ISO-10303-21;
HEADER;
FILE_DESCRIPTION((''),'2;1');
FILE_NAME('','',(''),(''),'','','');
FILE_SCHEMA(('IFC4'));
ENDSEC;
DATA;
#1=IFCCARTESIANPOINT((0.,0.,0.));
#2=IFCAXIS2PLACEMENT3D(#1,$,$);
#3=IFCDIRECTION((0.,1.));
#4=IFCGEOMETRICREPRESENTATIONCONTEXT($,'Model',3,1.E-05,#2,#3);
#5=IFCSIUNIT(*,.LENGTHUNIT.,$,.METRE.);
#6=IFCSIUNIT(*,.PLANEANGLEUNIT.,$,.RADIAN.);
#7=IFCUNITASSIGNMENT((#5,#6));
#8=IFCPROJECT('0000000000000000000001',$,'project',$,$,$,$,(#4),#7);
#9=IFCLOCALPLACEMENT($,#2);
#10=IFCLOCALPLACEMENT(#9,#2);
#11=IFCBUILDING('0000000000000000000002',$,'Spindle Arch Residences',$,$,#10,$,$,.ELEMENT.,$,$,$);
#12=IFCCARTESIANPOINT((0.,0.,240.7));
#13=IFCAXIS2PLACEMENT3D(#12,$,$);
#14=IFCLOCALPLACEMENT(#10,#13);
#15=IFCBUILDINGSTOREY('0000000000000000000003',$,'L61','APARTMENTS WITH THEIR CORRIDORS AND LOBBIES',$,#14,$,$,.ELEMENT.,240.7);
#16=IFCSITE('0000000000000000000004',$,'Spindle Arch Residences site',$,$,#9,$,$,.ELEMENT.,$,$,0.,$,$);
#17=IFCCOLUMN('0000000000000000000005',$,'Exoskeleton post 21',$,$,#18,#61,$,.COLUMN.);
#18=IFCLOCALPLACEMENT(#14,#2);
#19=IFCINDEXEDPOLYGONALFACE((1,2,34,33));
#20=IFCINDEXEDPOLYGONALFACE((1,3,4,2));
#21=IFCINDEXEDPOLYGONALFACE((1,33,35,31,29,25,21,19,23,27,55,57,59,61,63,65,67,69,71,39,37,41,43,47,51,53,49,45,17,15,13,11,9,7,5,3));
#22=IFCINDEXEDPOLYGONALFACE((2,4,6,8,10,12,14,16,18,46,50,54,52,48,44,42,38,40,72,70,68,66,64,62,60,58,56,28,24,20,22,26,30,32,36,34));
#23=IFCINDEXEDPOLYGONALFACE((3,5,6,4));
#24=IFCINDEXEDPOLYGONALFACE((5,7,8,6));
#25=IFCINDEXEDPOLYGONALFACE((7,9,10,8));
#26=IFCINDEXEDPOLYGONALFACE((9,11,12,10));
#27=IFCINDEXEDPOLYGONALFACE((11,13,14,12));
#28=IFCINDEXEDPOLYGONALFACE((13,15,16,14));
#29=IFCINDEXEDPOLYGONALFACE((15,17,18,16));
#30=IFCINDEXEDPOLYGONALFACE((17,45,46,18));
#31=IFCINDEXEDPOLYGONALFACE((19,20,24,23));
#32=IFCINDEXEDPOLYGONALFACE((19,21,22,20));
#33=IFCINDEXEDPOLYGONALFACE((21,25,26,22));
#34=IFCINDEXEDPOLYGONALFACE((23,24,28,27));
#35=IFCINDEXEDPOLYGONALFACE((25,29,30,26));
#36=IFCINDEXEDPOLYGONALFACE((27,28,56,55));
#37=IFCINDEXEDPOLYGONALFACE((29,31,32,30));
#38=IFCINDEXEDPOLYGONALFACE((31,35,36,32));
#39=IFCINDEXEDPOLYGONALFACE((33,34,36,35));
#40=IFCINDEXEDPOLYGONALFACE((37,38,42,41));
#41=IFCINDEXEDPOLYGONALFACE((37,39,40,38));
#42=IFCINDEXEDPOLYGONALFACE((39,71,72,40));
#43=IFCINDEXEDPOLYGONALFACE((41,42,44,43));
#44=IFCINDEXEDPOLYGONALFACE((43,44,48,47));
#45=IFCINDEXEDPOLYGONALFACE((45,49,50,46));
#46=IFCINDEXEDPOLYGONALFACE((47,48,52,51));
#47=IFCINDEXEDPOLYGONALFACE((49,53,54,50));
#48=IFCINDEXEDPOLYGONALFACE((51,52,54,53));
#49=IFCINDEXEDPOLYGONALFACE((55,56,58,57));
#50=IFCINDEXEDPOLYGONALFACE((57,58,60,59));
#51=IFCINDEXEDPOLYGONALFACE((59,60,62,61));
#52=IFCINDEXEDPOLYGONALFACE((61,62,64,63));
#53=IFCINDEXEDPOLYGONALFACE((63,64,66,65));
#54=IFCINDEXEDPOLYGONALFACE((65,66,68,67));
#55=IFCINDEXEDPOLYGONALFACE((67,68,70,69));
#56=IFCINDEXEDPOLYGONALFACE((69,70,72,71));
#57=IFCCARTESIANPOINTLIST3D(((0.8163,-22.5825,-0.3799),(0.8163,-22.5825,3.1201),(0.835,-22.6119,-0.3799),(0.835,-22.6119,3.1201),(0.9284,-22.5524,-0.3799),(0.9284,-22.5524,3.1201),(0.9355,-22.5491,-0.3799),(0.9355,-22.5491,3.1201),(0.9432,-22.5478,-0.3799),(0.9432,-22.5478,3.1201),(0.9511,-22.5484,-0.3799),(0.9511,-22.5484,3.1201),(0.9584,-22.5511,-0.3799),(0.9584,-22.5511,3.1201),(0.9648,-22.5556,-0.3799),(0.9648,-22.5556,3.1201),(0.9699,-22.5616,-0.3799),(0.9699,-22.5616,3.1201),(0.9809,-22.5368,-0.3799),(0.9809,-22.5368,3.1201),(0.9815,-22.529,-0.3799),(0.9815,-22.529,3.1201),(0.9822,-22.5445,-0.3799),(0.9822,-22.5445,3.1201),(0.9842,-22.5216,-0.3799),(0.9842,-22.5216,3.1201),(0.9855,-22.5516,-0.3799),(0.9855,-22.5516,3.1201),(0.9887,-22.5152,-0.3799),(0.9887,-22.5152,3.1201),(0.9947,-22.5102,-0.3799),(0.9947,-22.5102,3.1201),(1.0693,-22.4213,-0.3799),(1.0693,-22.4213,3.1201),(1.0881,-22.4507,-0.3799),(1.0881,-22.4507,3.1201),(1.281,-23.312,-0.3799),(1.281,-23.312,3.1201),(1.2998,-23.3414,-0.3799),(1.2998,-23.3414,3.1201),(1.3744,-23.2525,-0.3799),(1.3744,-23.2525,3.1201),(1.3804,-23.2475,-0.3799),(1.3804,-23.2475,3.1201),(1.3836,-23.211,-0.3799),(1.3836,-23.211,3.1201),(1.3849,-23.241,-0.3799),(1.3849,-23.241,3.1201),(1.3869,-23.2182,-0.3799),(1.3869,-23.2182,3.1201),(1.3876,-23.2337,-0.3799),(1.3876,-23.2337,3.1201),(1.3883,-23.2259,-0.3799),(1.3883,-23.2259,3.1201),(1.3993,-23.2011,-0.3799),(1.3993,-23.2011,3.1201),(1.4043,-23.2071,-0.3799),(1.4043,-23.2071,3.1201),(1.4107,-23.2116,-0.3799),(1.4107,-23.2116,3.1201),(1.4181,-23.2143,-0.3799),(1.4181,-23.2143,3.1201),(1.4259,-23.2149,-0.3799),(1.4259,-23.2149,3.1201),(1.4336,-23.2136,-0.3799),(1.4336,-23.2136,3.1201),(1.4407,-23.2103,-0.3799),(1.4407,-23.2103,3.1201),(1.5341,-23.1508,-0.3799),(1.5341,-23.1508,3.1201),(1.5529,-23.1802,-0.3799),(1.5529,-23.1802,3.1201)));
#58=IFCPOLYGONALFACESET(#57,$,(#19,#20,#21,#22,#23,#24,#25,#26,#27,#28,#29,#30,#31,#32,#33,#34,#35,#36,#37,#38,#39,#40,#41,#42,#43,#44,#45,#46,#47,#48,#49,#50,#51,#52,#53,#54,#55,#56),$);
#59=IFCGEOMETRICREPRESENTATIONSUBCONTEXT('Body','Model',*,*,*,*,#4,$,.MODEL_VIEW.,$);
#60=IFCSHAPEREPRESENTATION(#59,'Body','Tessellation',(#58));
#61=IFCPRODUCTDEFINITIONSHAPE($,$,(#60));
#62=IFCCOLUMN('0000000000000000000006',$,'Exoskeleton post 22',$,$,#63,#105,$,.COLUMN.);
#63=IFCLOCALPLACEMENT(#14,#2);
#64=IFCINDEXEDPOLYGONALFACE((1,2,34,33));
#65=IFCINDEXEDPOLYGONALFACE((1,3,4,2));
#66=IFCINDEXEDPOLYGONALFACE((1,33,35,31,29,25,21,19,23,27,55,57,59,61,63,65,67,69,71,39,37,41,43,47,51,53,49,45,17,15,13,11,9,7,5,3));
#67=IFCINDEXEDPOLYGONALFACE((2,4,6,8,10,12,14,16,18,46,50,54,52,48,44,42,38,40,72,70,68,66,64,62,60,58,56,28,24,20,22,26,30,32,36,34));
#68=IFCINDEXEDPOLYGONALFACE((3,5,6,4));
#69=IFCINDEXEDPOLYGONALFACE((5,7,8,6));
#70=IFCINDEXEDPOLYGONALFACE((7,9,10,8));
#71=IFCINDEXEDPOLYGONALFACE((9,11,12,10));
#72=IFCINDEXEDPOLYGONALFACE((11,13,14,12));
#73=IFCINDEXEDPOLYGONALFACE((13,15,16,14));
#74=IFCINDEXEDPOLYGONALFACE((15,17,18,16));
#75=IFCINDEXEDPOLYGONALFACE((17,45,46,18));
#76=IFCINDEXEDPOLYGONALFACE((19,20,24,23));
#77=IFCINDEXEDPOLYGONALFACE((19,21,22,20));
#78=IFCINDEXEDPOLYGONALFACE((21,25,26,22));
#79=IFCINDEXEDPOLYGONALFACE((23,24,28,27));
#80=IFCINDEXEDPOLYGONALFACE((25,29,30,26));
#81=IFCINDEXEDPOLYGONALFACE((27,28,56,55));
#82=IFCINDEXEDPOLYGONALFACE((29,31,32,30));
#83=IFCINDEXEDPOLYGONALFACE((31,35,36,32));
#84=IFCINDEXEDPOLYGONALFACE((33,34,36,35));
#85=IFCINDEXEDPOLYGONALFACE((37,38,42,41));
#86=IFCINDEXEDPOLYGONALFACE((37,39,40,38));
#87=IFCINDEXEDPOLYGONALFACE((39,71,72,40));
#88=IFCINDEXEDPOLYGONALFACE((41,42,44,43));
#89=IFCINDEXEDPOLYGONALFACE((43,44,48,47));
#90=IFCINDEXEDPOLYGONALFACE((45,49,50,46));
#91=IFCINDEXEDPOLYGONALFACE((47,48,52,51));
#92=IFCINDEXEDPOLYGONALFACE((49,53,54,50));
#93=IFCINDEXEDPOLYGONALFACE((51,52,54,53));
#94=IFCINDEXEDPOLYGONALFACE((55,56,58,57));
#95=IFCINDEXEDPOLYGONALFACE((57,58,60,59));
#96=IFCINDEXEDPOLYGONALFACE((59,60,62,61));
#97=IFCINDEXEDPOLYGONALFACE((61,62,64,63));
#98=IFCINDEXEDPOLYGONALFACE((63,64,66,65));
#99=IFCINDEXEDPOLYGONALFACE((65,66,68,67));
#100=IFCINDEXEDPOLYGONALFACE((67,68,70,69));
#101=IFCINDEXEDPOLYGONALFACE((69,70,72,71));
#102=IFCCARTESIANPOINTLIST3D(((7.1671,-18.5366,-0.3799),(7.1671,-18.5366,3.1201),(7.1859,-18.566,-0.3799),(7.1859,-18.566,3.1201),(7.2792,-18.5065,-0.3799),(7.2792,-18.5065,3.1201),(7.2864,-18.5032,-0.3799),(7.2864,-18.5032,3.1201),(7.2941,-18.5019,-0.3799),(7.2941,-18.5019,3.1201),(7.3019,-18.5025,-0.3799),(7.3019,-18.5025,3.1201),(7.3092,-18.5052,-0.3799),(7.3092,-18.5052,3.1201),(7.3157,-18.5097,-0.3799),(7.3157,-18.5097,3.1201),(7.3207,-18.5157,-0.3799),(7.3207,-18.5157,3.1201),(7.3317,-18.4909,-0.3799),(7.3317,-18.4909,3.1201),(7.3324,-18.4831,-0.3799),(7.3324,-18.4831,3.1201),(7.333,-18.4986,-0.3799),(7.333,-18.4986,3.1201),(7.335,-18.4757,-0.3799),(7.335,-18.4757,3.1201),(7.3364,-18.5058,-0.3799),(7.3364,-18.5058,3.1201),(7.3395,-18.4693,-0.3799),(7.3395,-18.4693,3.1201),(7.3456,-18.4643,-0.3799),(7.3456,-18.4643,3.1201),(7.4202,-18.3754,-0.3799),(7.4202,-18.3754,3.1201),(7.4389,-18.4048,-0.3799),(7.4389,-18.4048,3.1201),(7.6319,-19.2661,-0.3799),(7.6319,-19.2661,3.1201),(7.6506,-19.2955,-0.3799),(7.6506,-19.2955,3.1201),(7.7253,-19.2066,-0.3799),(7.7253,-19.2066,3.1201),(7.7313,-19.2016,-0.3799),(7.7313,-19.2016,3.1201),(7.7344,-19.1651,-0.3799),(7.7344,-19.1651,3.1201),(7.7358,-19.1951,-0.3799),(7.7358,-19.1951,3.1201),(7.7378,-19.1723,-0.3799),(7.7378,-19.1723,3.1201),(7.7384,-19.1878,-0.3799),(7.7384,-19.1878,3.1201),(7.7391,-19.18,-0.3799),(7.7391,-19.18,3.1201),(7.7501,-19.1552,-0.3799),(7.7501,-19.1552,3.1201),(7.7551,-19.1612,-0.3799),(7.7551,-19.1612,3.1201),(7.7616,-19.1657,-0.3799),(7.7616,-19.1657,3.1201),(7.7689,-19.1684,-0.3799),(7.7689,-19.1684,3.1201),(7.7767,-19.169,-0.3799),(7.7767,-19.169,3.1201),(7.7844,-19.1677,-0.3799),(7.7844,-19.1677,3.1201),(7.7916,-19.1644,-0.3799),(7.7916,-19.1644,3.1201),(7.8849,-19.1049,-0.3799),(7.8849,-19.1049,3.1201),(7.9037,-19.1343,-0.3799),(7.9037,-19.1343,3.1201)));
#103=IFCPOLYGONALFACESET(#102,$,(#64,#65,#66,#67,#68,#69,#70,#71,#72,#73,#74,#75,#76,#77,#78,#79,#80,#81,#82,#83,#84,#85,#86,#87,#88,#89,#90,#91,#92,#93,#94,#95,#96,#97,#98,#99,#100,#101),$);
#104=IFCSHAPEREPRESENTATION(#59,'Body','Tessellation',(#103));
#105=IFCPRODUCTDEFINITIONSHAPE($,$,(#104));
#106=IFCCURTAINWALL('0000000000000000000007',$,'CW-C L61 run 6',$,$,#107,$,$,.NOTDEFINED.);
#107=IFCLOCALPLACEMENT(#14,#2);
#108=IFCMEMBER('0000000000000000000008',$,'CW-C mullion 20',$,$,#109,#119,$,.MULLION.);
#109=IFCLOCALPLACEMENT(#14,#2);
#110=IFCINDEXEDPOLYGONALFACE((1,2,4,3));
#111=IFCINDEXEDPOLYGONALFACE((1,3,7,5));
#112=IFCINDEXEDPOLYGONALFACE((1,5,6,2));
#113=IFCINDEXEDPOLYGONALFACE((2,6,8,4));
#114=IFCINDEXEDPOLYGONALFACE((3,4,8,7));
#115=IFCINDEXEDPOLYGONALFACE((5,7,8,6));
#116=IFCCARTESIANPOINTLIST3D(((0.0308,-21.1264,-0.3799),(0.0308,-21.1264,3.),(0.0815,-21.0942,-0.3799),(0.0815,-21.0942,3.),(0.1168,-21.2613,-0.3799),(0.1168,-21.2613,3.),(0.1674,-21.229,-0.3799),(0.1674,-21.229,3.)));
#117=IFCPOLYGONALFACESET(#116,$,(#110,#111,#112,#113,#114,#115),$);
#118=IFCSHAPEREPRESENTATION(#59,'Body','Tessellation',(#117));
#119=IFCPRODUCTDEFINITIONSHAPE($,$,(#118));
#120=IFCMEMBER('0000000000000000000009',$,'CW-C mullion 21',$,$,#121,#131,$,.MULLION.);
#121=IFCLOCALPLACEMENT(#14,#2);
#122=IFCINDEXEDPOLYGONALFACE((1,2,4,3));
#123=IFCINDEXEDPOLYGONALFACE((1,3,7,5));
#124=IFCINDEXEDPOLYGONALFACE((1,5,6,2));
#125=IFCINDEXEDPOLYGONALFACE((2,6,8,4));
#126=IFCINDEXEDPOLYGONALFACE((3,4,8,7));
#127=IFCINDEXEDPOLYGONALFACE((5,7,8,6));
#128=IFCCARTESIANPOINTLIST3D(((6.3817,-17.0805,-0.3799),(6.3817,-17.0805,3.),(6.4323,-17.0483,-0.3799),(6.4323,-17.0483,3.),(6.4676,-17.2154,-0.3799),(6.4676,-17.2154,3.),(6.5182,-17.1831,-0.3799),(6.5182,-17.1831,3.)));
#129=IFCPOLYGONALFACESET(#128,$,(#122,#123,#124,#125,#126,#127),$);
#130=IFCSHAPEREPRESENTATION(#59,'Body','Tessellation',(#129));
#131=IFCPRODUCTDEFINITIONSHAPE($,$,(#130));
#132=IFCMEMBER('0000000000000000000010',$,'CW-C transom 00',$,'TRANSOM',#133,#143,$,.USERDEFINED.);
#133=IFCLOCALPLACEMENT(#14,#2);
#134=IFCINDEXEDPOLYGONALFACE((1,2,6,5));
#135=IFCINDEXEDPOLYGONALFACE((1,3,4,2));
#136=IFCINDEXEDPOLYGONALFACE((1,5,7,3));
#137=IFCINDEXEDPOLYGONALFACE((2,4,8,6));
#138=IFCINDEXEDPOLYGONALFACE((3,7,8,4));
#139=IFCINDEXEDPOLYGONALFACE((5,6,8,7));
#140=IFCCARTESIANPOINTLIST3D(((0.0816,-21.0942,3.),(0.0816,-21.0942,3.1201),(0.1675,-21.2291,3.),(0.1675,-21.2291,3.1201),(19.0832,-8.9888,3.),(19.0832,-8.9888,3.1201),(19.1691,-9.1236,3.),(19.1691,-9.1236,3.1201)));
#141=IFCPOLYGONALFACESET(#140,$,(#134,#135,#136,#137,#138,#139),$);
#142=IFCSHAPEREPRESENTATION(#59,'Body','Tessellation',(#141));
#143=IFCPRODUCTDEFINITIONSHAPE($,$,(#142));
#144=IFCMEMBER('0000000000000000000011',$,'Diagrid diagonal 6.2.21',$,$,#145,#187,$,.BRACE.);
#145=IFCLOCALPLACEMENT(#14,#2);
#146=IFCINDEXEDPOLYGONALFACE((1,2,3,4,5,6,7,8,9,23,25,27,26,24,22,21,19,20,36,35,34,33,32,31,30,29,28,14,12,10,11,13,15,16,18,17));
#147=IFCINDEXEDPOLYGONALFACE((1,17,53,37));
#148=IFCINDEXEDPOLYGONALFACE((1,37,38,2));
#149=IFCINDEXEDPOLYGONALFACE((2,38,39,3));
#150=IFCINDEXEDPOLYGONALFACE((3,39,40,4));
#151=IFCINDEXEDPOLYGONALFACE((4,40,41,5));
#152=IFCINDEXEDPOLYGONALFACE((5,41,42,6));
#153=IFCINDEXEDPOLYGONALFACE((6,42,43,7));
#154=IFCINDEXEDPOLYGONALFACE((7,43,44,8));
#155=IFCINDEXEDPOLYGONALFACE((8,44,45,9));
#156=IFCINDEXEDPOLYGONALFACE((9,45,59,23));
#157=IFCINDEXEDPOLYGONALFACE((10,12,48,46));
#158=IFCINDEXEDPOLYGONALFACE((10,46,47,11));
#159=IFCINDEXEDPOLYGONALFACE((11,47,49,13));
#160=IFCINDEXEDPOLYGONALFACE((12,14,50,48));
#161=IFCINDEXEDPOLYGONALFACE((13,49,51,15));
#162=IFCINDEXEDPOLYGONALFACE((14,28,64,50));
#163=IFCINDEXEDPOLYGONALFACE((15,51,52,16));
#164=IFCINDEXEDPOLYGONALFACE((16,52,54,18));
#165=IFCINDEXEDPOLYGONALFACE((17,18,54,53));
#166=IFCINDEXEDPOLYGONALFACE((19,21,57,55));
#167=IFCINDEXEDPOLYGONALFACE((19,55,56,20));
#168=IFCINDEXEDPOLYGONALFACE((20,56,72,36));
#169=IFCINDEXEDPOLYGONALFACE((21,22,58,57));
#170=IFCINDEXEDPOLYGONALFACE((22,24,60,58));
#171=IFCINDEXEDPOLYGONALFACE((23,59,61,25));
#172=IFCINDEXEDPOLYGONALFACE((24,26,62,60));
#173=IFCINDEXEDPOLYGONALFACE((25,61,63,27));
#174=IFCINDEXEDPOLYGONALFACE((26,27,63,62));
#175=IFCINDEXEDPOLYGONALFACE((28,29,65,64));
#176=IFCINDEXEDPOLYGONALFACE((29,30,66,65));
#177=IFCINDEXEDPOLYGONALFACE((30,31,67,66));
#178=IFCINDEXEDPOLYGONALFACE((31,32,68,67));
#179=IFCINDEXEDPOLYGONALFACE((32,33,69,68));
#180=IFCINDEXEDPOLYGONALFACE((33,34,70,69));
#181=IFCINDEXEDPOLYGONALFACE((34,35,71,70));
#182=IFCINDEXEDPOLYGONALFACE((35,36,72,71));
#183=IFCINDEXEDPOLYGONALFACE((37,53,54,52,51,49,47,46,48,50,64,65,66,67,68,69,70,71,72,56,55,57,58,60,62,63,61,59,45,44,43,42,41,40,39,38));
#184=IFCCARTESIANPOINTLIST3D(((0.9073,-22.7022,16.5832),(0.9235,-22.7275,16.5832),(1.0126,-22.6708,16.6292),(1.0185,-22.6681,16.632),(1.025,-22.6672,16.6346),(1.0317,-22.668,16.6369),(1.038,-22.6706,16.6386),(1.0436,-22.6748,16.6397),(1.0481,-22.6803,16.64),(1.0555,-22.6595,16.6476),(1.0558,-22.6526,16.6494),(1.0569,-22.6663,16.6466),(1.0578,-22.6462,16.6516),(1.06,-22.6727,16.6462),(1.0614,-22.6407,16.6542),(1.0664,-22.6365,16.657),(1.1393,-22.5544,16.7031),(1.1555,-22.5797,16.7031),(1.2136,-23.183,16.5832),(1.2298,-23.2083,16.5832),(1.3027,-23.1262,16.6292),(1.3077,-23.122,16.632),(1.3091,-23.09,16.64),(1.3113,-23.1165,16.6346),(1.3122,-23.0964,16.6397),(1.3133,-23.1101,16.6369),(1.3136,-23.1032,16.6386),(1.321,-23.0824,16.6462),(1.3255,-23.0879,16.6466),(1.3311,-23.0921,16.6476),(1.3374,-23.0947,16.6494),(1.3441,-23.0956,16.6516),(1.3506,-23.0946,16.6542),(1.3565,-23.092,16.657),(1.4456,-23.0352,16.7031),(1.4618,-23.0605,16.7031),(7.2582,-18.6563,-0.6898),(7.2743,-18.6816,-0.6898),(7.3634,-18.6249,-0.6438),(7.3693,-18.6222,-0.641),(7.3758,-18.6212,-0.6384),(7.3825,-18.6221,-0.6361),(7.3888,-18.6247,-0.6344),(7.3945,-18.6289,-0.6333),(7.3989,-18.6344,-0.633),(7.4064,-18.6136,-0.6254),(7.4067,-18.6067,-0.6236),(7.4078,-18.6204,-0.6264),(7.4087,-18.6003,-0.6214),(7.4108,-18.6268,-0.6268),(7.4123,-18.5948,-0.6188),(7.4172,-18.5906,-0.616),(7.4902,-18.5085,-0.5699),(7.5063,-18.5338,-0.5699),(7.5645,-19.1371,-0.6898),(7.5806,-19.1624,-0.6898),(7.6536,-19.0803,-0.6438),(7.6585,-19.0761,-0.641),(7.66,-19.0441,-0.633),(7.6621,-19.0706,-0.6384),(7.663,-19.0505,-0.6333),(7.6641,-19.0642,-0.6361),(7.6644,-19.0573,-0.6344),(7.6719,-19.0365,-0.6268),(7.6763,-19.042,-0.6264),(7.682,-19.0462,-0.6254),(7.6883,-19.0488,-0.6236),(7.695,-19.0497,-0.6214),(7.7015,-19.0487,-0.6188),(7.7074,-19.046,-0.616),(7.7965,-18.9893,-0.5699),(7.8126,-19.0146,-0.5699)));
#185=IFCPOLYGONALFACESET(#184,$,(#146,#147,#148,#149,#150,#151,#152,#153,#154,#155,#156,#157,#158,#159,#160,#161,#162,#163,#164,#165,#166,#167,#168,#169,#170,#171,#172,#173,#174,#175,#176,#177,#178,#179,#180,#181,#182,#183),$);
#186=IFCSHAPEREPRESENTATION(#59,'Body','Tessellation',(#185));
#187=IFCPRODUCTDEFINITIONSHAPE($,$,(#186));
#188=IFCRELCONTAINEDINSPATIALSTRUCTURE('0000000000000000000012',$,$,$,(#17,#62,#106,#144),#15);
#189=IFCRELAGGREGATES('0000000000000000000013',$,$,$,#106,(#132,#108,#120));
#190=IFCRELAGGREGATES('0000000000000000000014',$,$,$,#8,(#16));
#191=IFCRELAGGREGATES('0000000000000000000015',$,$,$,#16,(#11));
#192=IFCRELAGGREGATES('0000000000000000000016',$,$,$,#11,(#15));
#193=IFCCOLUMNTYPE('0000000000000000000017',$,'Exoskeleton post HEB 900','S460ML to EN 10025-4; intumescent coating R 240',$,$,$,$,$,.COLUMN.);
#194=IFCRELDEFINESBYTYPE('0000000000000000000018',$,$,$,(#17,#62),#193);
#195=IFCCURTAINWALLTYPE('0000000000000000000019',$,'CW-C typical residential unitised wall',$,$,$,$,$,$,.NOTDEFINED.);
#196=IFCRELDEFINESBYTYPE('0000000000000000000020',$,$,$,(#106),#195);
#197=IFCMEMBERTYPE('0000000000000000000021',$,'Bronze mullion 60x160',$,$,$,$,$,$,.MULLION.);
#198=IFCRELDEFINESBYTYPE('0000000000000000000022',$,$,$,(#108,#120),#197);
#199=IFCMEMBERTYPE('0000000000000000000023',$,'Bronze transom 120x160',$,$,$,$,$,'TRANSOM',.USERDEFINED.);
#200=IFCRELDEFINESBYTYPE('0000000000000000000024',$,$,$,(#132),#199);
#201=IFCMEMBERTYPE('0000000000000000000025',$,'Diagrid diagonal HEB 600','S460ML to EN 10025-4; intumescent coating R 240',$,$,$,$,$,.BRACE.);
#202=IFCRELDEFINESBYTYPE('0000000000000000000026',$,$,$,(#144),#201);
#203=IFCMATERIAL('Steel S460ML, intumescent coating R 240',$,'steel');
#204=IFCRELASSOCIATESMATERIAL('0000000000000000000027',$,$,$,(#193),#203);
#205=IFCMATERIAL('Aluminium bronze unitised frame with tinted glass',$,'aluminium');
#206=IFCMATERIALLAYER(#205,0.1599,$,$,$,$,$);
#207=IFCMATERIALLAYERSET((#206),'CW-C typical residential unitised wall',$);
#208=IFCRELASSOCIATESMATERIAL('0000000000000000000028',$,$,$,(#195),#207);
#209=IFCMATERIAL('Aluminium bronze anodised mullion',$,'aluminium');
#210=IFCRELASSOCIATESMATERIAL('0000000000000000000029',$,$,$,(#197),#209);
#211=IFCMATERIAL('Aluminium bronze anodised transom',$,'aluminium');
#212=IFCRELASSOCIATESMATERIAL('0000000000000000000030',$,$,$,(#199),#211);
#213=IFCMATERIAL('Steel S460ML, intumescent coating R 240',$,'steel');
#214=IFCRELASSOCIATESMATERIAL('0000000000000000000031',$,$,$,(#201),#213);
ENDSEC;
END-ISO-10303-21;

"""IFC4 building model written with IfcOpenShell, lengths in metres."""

from ifc_helpers import new_model, si_unit, direction, frame, origin, origin_2d, place, context, subcontext, project, spatial, rectangle, i_section, extrude, material, layer, layer_set, material_profile, profile_set, type_object, element, aggregate, save


model = new_model("IFC4")

# Units and contexts
model_context = context("Model", 3, precision=1e-05, world=origin(), true_north=direction((0.0, 1.0)))
body_context = subcontext(model_context, "Body", "Model", "MODEL_VIEW")
ifc_project = project(units=[si_unit("LENGTHUNIT", "METRE"), si_unit("PLANEANGLEUNIT", "RADIAN")], contexts=[model_context])

# Site, building, storey
site_placement = place(None, origin())
site = spatial("IfcSite", under=ifc_project, at=site_placement, Name="Spindle Arch Residences site", CompositionType="ELEMENT", RefElevation=0.0)
building_placement = place(site_placement, origin())
building = spatial("IfcBuilding", under=site, at=building_placement, Name="Spindle Arch Residences", CompositionType="ELEMENT")
storey_placement = place(building_placement, frame((0.0, 0.0, 240.7)))
storey = spatial("IfcBuildingStorey", under=building, at=storey_placement, Name="L61", Description="APARTMENTS WITH THEIR CORRIDORS AND LOBBIES", CompositionType="ELEMENT", Elevation=240.7)

# Columns
ifc_material_1 = material(Name="Steel S460ML, intumescent coating R 240", Category="steel")
ifc_material_profile_1 = material_profile(ifc_material_1, i_section(OverallWidth=0.3, OverallDepth=0.8999, WebThickness=0.0186, FlangeThickness=0.0349, FilletRadius=0.03, at=origin_2d()), Name="HEB 900")
ifc_profile_set_1 = profile_set([ifc_material_profile_1], Name="Steel S460ML, intumescent coating R 240")
column_type = type_object("IfcColumnType", Name="Exoskeleton post HEB 900", Description="S460ML to EN 10025-4; intumescent coating R 240", PredefinedType="COLUMN", material=ifc_profile_set_1)
for number, where, z_axis, x_axis, name in (
    (1, (1.1846, -22.8813, -0.3799), (0.0, 0.0, 1.0), (-0.843391, -0.5373, 0.0), "Exoskeleton post 21"),
    (2, (7.5354, -18.8354, -0.3799), (0.0, 0.0, 1.0), (-0.843391, -0.5373, 0.0), "Exoskeleton post 22"),
):
    element("IfcColumn", number, at=place(storey_placement, frame(where, z_axis=z_axis, x_axis=x_axis)), inside=storey, type_object=column_type, Name=name, PredefinedType="COLUMN", context=body_context, shape_type="SweptSolid", body=[
        extrude(i_section(OverallWidth=0.3, OverallDepth=0.8999, WebThickness=0.0186, FlangeThickness=0.0349, FilletRadius=0.03, at=origin_2d()), origin(), (0.0, 0.0, 1.0), 3.5),
    ])

# Curtain wall, members
ifc_material_2 = material(Name="Aluminium bronze unitised frame with tinted glass", Category="aluminium")
ifc_layer_1 = layer(ifc_material_2, 0.1599)
ifc_layer_set_1 = layer_set([ifc_layer_1], Name="CW-C typical residential unitised wall")
curtain_wall_type = type_object("IfcCurtainWallType", Name="CW-C typical residential unitised wall", PredefinedType="NOTDEFINED", material=ifc_layer_set_1)
curtain_wall_placement = place(storey_placement, origin())
curtain_wall = element("IfcCurtainWall", 3, at=curtain_wall_placement, inside=storey, type_object=curtain_wall_type, Name="CW-C L61 run 6", PredefinedType="NOTDEFINED")
ifc_material_3 = material(Name="Aluminium bronze anodised mullion", Category="aluminium")
ifc_material_profile_2 = material_profile(ifc_material_3, rectangle(XDim=0.1599, YDim=0.0601, at=origin_2d()), Name="MU 60x160")
ifc_profile_set_2 = profile_set([ifc_material_profile_2], Name="Aluminium bronze anodised mullion")
member_type_1 = type_object("IfcMemberType", Name="Bronze mullion 60x160", PredefinedType="MULLION", material=ifc_profile_set_2)
member_1_placement = place(storey_placement, frame((0.0991, -21.1777, -0.3799), z_axis=(0.0, 0.0, 1.0), x_axis=(-0.5373, 0.843391, 0.0)))
member_1 = element("IfcMember", 4, at=member_1_placement, type_object=member_type_1, Name="CW-C mullion 20", PredefinedType="MULLION", context=body_context, shape_type="SweptSolid", body=[
    extrude(rectangle(XDim=0.1599, YDim=0.0601, at=origin_2d()), origin(), (0.0, 0.0, 1.0), 3.3799),
])
member_2_placement = place(storey_placement, frame((6.45, -17.1318, -0.3799), z_axis=(0.0, 0.0, 1.0), x_axis=(-0.5373, 0.843391, 0.0)))
member_2 = element("IfcMember", 5, at=member_2_placement, type_object=member_type_1, Name="CW-C mullion 21", PredefinedType="MULLION", context=body_context, shape_type="SweptSolid", body=[
    extrude(rectangle(XDim=0.1599, YDim=0.0601, at=origin_2d()), origin(), (0.0, 0.0, 1.0), 3.3799),
])
ifc_material_4 = material(Name="Aluminium bronze anodised transom", Category="aluminium")
ifc_material_profile_3 = material_profile(ifc_material_4, rectangle(XDim=0.1599, YDim=0.1201, at=origin_2d()), Name="TR 120x160")
ifc_profile_set_3 = profile_set([ifc_material_profile_3], Name="Aluminium bronze anodised transom")
member_type_2 = type_object("IfcMemberType", Name="Bronze transom 120x160", ElementType="TRANSOM", PredefinedType="USERDEFINED", material=ifc_profile_set_3)
member_3_placement = place(storey_placement, frame((0.1245, -21.1616, 3.0601), z_axis=(0.843391, 0.537301, 0.0), x_axis=(-0.537301, 0.843391, 0.0)))
member_3 = element("IfcMember", 6, at=member_3_placement, type_object=member_type_2, Name="CW-C transom 00", ObjectType="TRANSOM", PredefinedType="USERDEFINED", context=body_context, shape_type="SweptSolid", body=[
    extrude(rectangle(XDim=0.1599, YDim=0.1201, at=origin_2d()), origin(), (0.0, 0.0, 1.0), 22.53),
])

# Member
ifc_material_5 = material(Name="Steel S460ML, intumescent coating R 240", Category="steel")
ifc_material_profile_4 = material_profile(ifc_material_5, i_section(OverallWidth=0.3, OverallDepth=0.6001, WebThickness=0.0154, FlangeThickness=0.03, FilletRadius=0.0271, at=origin_2d()), Name="HEB 600")
ifc_profile_set_4 = profile_set([ifc_material_profile_4], Name="Steel S460ML, intumescent coating R 240")
member_type_3 = type_object("IfcMemberType", Name="Diagrid diagonal HEB 600", Description="S460ML to EN 10025-4; intumescent coating R 240", PredefinedType="BRACE", material=ifc_profile_set_4)
member_4_placement = place(storey_placement, frame((7.5354, -18.8354, -0.6299), z_axis=(-0.33704, -0.214717, 0.916679), x_axis=(0.773121, 0.492529, 0.399624)))
element("IfcMember", 7, at=member_4_placement, inside=storey, type_object=member_type_3, Name="Diagrid diagonal 6.2.21", PredefinedType="BRACE", context=body_context, shape_type="SweptSolid", body=[
    extrude(i_section(OverallWidth=0.3, OverallDepth=0.6001, WebThickness=0.0154, FlangeThickness=0.03, FilletRadius=0.0271, at=origin_2d()), origin(), (0.0, 0.0, 1.0), 18.843),
])

aggregate(curtain_wall, [member_3, member_1, member_2])

save(model, "model.ifc")
